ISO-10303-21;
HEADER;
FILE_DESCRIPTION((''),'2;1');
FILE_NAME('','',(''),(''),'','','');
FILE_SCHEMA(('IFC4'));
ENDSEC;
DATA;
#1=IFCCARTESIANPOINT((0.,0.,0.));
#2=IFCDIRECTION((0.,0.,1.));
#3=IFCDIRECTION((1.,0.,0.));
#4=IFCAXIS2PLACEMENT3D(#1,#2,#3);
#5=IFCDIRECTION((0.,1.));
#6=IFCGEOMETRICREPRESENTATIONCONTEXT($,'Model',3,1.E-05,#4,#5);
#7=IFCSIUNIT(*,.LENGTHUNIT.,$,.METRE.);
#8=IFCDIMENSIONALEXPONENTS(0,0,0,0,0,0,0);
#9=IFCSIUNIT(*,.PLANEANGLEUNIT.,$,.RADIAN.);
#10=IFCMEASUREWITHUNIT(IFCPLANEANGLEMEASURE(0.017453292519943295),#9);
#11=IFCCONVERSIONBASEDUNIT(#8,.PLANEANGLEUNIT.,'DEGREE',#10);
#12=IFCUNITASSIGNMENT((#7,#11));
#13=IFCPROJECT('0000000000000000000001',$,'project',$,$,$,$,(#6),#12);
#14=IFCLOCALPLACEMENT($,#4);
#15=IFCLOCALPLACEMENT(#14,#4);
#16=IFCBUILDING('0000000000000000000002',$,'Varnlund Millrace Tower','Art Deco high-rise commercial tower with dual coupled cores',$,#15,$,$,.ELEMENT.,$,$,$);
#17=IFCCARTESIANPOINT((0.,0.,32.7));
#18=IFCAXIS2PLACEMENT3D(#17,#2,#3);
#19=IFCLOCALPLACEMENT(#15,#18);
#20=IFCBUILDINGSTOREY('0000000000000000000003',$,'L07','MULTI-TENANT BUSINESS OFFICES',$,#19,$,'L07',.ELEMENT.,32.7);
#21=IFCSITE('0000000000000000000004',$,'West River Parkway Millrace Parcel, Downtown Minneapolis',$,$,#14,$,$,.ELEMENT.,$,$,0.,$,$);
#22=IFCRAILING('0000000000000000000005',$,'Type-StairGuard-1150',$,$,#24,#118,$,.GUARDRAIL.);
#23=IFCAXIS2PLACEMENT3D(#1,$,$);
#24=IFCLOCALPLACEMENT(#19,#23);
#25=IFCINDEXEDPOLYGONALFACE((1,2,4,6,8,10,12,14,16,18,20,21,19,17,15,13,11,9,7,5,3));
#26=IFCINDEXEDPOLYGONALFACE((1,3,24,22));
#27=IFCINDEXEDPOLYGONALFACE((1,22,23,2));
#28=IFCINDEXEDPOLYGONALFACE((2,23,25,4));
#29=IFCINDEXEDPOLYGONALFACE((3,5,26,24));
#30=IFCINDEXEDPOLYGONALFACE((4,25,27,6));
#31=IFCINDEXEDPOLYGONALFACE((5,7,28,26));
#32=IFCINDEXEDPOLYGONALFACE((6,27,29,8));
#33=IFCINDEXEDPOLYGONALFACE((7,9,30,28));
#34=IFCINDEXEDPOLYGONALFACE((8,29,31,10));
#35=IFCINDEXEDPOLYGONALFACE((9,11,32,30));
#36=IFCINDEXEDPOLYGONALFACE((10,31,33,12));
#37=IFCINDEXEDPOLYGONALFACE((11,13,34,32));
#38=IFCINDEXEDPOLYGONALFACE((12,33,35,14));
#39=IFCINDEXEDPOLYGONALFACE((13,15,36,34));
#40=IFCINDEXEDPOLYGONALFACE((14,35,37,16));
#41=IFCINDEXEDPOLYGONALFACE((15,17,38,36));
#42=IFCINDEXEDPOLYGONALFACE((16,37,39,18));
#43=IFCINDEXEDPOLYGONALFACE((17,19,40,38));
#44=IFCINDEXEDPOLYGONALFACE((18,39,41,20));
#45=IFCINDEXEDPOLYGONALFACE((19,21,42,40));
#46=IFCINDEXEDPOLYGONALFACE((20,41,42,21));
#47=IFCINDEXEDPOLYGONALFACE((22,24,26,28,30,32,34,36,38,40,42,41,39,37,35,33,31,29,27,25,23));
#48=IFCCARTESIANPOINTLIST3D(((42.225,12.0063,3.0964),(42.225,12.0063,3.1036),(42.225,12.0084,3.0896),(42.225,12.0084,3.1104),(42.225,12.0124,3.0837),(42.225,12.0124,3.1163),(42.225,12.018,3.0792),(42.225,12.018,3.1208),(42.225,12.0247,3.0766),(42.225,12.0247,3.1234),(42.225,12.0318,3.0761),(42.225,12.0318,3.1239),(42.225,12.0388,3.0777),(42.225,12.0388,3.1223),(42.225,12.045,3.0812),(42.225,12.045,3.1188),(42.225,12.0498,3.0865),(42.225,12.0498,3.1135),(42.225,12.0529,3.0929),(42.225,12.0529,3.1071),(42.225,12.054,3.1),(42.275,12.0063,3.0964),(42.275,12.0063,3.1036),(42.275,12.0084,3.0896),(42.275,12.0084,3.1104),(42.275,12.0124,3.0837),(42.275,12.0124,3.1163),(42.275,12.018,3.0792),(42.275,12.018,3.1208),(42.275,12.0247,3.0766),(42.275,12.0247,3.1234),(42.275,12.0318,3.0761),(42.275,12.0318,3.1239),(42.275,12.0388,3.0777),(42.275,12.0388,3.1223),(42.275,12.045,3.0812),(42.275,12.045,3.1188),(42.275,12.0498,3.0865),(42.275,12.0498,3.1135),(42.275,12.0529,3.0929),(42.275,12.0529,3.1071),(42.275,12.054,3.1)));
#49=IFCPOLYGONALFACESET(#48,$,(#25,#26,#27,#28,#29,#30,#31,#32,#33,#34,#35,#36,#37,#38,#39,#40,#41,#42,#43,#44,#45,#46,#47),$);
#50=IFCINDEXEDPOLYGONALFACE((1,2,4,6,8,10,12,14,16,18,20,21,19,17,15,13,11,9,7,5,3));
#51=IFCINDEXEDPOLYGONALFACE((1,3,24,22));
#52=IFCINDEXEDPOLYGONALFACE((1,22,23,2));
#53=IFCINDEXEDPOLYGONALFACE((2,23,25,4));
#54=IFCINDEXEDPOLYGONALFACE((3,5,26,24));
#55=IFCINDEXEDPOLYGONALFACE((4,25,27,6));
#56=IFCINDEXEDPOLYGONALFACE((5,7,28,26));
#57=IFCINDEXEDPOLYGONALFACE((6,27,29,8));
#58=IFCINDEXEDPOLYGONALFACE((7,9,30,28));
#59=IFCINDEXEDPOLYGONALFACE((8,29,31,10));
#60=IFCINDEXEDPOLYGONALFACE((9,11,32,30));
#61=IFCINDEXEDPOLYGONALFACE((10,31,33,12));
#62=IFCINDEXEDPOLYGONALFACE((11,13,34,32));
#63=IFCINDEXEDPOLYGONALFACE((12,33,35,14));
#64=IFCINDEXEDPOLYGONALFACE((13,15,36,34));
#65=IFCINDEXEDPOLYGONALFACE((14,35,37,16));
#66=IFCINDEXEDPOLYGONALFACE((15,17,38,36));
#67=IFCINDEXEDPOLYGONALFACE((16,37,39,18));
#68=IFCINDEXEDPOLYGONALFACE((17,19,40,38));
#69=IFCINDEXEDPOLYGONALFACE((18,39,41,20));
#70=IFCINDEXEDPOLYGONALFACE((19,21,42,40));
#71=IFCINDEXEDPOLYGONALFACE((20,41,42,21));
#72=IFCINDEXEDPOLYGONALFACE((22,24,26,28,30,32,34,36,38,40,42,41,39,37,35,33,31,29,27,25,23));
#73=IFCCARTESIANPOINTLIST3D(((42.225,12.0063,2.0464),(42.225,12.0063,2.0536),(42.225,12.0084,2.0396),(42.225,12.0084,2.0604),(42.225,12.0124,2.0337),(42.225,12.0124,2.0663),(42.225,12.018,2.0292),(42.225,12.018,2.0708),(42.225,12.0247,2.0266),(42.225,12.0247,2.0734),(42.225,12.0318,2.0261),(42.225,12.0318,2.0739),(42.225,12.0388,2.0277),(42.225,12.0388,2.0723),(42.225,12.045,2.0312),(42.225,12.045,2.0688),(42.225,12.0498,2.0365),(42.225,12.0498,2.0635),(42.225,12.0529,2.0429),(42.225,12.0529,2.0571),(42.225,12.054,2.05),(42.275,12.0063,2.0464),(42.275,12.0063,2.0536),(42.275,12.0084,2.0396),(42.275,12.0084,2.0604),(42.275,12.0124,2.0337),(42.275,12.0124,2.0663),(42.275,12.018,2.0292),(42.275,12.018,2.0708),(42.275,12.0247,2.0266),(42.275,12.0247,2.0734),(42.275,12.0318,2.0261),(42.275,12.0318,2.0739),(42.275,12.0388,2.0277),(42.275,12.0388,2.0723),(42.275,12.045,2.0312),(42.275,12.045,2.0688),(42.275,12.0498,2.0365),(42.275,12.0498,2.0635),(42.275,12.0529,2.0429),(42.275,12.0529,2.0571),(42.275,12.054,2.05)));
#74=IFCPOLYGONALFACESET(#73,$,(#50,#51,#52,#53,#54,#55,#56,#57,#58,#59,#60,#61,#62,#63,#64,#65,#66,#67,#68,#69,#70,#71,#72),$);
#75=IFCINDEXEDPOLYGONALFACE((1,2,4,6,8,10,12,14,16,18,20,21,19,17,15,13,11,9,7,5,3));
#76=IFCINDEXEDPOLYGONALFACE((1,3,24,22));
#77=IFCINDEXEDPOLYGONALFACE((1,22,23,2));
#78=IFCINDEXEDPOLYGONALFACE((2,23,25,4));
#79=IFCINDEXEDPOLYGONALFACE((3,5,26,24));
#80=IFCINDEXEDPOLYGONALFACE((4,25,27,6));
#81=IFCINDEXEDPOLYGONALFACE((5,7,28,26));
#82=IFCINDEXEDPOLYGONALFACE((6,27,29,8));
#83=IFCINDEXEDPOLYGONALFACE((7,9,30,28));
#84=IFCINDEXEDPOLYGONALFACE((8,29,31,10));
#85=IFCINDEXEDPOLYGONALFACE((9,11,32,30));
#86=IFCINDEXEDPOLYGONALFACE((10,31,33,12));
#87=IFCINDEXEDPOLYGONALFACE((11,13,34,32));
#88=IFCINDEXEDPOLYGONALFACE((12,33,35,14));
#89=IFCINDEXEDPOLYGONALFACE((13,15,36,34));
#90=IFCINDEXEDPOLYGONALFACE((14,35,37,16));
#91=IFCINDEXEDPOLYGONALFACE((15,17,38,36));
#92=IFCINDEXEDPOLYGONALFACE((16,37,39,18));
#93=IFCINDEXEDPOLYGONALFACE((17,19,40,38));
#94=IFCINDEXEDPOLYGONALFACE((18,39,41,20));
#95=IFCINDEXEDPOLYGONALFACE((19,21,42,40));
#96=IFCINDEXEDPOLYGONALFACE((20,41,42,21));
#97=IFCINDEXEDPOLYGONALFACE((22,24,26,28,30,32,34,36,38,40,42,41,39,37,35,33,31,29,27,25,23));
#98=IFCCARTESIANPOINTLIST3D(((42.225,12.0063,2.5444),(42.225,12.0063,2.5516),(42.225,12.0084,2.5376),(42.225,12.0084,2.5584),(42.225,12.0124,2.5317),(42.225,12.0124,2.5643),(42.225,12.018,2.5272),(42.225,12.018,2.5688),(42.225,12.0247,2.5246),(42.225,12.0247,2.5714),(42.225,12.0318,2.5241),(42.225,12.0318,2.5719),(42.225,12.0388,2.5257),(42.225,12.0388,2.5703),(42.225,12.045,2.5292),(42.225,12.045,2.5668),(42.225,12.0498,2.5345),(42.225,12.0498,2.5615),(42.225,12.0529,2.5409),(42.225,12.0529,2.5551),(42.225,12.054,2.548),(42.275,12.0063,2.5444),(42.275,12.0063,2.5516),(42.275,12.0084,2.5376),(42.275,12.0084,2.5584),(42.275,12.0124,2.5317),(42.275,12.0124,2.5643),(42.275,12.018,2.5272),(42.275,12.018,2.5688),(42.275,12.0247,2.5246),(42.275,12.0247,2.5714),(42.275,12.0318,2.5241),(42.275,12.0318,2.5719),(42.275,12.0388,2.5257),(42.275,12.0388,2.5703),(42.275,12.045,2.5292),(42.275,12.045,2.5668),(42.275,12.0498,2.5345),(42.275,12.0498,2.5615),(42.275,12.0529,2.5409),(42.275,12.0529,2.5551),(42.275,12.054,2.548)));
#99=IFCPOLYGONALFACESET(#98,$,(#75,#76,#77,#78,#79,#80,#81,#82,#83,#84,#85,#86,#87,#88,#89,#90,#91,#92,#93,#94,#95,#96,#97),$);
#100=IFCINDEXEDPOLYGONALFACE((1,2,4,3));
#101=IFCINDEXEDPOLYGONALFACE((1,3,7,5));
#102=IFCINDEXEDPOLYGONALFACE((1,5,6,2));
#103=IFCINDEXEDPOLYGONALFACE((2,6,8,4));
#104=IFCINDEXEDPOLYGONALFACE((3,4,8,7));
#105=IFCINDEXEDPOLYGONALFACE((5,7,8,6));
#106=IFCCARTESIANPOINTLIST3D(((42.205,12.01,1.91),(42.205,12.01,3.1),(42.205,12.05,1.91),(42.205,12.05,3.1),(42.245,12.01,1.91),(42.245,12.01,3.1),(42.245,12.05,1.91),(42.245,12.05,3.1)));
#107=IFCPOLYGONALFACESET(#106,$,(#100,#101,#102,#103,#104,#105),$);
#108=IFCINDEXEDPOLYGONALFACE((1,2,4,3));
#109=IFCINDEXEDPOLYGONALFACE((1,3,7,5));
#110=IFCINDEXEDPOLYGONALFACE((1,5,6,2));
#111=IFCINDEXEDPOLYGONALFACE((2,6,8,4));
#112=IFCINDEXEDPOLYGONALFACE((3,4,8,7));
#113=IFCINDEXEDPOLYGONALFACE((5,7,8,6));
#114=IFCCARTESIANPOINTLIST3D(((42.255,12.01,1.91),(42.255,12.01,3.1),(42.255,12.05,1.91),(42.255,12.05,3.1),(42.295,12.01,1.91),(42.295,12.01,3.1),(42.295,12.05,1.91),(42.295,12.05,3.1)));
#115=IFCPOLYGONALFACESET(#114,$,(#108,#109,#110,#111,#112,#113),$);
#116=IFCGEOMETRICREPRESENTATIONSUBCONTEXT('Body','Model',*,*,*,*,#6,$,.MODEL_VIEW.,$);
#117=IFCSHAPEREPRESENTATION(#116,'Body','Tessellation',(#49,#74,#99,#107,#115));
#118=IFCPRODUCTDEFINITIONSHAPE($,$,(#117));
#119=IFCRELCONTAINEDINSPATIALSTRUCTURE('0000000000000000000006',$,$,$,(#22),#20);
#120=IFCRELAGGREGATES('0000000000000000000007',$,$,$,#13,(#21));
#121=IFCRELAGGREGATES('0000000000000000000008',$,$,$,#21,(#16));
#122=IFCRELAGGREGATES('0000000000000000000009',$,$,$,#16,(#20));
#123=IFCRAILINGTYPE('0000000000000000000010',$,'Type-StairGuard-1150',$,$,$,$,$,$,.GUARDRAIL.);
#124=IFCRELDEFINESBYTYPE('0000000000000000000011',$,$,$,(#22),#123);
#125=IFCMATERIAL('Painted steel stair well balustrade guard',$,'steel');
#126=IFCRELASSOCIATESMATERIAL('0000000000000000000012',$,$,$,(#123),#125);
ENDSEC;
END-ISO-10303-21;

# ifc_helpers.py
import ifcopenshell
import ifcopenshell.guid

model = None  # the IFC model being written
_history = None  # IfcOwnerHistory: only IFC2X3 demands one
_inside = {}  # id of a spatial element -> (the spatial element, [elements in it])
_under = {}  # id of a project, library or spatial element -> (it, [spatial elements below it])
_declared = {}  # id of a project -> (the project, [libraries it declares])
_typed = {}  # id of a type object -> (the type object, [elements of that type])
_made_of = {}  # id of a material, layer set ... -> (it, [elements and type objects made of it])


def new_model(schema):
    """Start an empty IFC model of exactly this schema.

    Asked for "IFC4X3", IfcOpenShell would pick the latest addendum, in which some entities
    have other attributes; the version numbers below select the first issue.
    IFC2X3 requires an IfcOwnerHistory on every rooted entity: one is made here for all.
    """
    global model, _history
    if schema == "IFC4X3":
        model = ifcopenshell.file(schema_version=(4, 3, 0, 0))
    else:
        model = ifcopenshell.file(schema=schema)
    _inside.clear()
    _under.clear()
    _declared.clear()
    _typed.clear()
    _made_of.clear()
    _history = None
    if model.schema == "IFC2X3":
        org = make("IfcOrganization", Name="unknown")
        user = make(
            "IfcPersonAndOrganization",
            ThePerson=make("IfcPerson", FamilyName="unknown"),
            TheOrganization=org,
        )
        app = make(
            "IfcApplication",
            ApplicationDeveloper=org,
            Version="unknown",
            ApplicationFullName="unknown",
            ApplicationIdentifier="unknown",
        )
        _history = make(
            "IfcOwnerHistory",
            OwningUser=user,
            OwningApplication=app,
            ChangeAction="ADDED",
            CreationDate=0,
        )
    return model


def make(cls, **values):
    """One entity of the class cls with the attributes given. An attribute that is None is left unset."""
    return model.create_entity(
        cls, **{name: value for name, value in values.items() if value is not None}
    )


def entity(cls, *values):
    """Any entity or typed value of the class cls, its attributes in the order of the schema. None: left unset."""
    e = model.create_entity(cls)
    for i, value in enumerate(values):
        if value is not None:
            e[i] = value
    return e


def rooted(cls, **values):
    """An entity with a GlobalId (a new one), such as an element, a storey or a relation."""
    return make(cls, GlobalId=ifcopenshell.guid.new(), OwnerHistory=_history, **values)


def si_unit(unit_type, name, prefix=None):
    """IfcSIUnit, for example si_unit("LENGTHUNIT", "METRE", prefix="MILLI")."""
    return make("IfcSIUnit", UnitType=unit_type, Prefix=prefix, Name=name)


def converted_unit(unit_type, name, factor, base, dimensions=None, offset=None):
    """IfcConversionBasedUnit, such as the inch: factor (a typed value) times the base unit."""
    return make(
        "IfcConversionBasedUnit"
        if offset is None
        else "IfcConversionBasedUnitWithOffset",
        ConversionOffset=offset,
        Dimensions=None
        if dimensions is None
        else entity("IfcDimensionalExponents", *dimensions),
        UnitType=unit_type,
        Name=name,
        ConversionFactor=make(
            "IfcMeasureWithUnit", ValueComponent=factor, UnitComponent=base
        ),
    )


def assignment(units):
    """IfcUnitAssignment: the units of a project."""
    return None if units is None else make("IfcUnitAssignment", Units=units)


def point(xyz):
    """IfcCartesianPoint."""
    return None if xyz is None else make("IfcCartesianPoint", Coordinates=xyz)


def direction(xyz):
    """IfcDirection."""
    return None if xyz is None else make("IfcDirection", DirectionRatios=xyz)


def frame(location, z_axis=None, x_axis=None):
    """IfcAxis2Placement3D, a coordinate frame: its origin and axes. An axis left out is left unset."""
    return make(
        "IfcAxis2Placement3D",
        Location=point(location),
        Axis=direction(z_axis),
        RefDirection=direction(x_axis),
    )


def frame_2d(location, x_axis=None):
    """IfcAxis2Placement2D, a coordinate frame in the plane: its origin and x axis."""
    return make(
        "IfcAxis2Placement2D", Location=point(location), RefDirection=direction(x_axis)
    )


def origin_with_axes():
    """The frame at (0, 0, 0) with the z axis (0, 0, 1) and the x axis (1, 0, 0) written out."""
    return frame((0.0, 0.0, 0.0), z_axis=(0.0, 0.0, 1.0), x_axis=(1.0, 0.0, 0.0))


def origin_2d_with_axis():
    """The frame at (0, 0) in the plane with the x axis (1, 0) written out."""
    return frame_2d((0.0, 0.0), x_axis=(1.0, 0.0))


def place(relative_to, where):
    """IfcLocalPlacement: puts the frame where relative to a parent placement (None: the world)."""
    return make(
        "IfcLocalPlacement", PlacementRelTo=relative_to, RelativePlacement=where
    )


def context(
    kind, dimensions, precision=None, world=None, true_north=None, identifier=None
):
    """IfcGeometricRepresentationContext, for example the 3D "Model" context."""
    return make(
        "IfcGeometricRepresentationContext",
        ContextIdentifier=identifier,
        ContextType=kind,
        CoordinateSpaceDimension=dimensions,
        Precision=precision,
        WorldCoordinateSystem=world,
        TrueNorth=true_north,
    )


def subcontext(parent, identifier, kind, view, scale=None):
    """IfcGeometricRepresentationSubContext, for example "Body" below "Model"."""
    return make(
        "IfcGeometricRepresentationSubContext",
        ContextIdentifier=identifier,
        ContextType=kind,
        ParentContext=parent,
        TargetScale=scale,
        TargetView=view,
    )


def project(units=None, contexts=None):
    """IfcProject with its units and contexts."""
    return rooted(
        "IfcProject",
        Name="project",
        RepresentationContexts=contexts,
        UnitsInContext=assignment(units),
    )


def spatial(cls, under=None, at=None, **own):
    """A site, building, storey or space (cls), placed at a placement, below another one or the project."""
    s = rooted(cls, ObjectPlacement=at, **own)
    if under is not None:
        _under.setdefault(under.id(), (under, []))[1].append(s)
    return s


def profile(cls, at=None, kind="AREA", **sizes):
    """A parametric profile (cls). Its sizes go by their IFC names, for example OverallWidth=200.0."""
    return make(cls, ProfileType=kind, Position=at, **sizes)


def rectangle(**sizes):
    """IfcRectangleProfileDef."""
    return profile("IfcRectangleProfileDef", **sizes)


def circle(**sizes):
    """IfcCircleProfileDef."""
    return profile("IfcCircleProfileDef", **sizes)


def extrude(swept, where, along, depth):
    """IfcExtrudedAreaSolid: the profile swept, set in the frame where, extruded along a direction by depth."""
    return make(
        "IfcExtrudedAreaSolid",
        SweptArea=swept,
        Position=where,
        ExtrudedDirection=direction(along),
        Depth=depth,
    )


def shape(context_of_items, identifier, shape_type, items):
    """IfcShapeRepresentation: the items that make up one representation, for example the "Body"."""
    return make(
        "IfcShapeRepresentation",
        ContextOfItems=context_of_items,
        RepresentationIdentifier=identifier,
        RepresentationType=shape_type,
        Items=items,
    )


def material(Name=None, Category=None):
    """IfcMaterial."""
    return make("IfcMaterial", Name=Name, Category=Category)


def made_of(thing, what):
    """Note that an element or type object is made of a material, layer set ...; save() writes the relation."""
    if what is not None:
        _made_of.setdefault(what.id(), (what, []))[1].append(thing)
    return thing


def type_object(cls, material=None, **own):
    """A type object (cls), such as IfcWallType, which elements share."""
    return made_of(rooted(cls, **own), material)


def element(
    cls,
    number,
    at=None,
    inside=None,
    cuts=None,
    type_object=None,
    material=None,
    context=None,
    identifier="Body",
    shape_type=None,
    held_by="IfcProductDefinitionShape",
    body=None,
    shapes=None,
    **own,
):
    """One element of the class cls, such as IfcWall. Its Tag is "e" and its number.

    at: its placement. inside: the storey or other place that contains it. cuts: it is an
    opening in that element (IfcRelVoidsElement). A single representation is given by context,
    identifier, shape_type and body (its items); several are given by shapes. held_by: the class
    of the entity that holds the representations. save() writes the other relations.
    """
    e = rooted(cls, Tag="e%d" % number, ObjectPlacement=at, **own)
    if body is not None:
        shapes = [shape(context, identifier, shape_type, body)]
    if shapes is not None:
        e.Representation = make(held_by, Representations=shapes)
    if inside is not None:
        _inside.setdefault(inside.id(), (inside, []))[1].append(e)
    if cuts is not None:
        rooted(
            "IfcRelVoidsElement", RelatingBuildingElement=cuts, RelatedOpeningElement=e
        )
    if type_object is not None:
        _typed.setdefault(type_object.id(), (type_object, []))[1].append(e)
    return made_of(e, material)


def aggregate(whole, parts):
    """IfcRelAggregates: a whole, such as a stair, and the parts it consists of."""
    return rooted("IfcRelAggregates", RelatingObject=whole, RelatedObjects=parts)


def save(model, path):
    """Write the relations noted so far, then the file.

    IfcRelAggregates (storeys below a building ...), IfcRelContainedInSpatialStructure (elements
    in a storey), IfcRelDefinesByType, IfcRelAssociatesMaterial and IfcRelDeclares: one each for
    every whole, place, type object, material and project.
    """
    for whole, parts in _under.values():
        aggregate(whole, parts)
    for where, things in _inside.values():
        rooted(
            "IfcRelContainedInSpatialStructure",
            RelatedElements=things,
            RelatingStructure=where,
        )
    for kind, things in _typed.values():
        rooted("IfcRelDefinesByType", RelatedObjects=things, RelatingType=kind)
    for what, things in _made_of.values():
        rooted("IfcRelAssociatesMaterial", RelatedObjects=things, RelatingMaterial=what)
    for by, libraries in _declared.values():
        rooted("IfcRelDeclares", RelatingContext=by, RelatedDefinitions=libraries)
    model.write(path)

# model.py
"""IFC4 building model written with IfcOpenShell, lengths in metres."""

from ifc_helpers import new_model, entity, si_unit, converted_unit, direction, frame, origin_with_axes, origin_2d_with_axis, place, context, subcontext, project, spatial, rectangle, circle, extrude, material, type_object, element, save


model = new_model("IFC4")

# Units and contexts
model_context = context("Model", 3, precision=1e-05, world=origin_with_axes(), true_north=direction((0.0, 1.0)))
body_context = subcontext(model_context, "Body", "Model", "MODEL_VIEW")
ifc_project = project(units=[si_unit("LENGTHUNIT", "METRE"), converted_unit("PLANEANGLEUNIT", "DEGREE", entity("IfcPlaneAngleMeasure", 0.017453292519943295), si_unit("PLANEANGLEUNIT", "RADIAN"), dimensions=[0, 0, 0, 0, 0, 0, 0])], contexts=[model_context])

# Site, building, storey
site_placement = place(None, origin_with_axes())
site = spatial("IfcSite", under=ifc_project, at=site_placement, Name="West River Parkway Millrace Parcel, Downtown Minneapolis", CompositionType="ELEMENT", RefElevation=0.0)
building_placement = place(site_placement, origin_with_axes())
building = spatial("IfcBuilding", under=site, at=building_placement, Name="Varnlund Millrace Tower", Description="Art Deco high-rise commercial tower with dual coupled cores", CompositionType="ELEMENT")
storey_placement = place(building_placement, frame((0.0, 0.0, 32.7), z_axis=(0.0, 0.0, 1.0), x_axis=(1.0, 0.0, 0.0)))
storey = spatial("IfcBuildingStorey", under=building, at=storey_placement, Name="L07", Description="MULTI-TENANT BUSINESS OFFICES", LongName="L07", CompositionType="ELEMENT", Elevation=32.7)

# Railing
ifc_material_1 = material(Name="Painted steel stair well balustrade guard", Category="steel")
railing_type_1 = type_object("IfcRailingType", Name="Type-StairGuard-1150", PredefinedType="GUARDRAIL", material=ifc_material_1)
railing_1_placement = place(storey_placement, frame((0.0, 0.0, -32.7), z_axis=(0.0, 0.0, 1.0), x_axis=(1.0, 0.0, 0.0)))
element("IfcRailing", 1, at=railing_1_placement, inside=storey, type_object=railing_type_1, Name="Type-StairGuard-1150", PredefinedType="GUARDRAIL", context=body_context, shape_type="SweptSolid", body=[
    extrude(circle(Radius=0.024, at=origin_2d_with_axis()), frame((42.225, 12.03, 35.8), z_axis=(1.0, 0.0, 0.0), x_axis=(0.0, 1.0, 0.0)), (0.0, 0.0, 1.0), 0.05),
    extrude(circle(Radius=0.024, at=origin_2d_with_axis()), frame((42.225, 12.03, 34.75), z_axis=(1.0, 0.0, 0.0), x_axis=(0.0, 1.0, 0.0)), (0.0, 0.0, 1.0), 0.05),
    extrude(circle(Radius=0.024, at=origin_2d_with_axis()), frame((42.225, 12.03, 35.248), z_axis=(1.0, 0.0, 0.0), x_axis=(0.0, 1.0, 0.0)), (0.0, 0.0, 1.0), 0.05),
    extrude(rectangle(XDim=0.04, YDim=0.04, at=origin_2d_with_axis()), frame((42.225, 12.03, 34.61), z_axis=(0.0, 0.0, 1.0), x_axis=(1.0, 0.0, 0.0)), (0.0, 0.0, 1.0), 1.19),
    extrude(rectangle(XDim=0.04, YDim=0.04, at=origin_2d_with_axis()), frame((42.275, 12.03, 34.61), z_axis=(0.0, 0.0, 1.0), x_axis=(1.0, 0.0, 0.0)), (0.0, 0.0, 1.0), 1.19),
])

save(model, "model.ifc")
